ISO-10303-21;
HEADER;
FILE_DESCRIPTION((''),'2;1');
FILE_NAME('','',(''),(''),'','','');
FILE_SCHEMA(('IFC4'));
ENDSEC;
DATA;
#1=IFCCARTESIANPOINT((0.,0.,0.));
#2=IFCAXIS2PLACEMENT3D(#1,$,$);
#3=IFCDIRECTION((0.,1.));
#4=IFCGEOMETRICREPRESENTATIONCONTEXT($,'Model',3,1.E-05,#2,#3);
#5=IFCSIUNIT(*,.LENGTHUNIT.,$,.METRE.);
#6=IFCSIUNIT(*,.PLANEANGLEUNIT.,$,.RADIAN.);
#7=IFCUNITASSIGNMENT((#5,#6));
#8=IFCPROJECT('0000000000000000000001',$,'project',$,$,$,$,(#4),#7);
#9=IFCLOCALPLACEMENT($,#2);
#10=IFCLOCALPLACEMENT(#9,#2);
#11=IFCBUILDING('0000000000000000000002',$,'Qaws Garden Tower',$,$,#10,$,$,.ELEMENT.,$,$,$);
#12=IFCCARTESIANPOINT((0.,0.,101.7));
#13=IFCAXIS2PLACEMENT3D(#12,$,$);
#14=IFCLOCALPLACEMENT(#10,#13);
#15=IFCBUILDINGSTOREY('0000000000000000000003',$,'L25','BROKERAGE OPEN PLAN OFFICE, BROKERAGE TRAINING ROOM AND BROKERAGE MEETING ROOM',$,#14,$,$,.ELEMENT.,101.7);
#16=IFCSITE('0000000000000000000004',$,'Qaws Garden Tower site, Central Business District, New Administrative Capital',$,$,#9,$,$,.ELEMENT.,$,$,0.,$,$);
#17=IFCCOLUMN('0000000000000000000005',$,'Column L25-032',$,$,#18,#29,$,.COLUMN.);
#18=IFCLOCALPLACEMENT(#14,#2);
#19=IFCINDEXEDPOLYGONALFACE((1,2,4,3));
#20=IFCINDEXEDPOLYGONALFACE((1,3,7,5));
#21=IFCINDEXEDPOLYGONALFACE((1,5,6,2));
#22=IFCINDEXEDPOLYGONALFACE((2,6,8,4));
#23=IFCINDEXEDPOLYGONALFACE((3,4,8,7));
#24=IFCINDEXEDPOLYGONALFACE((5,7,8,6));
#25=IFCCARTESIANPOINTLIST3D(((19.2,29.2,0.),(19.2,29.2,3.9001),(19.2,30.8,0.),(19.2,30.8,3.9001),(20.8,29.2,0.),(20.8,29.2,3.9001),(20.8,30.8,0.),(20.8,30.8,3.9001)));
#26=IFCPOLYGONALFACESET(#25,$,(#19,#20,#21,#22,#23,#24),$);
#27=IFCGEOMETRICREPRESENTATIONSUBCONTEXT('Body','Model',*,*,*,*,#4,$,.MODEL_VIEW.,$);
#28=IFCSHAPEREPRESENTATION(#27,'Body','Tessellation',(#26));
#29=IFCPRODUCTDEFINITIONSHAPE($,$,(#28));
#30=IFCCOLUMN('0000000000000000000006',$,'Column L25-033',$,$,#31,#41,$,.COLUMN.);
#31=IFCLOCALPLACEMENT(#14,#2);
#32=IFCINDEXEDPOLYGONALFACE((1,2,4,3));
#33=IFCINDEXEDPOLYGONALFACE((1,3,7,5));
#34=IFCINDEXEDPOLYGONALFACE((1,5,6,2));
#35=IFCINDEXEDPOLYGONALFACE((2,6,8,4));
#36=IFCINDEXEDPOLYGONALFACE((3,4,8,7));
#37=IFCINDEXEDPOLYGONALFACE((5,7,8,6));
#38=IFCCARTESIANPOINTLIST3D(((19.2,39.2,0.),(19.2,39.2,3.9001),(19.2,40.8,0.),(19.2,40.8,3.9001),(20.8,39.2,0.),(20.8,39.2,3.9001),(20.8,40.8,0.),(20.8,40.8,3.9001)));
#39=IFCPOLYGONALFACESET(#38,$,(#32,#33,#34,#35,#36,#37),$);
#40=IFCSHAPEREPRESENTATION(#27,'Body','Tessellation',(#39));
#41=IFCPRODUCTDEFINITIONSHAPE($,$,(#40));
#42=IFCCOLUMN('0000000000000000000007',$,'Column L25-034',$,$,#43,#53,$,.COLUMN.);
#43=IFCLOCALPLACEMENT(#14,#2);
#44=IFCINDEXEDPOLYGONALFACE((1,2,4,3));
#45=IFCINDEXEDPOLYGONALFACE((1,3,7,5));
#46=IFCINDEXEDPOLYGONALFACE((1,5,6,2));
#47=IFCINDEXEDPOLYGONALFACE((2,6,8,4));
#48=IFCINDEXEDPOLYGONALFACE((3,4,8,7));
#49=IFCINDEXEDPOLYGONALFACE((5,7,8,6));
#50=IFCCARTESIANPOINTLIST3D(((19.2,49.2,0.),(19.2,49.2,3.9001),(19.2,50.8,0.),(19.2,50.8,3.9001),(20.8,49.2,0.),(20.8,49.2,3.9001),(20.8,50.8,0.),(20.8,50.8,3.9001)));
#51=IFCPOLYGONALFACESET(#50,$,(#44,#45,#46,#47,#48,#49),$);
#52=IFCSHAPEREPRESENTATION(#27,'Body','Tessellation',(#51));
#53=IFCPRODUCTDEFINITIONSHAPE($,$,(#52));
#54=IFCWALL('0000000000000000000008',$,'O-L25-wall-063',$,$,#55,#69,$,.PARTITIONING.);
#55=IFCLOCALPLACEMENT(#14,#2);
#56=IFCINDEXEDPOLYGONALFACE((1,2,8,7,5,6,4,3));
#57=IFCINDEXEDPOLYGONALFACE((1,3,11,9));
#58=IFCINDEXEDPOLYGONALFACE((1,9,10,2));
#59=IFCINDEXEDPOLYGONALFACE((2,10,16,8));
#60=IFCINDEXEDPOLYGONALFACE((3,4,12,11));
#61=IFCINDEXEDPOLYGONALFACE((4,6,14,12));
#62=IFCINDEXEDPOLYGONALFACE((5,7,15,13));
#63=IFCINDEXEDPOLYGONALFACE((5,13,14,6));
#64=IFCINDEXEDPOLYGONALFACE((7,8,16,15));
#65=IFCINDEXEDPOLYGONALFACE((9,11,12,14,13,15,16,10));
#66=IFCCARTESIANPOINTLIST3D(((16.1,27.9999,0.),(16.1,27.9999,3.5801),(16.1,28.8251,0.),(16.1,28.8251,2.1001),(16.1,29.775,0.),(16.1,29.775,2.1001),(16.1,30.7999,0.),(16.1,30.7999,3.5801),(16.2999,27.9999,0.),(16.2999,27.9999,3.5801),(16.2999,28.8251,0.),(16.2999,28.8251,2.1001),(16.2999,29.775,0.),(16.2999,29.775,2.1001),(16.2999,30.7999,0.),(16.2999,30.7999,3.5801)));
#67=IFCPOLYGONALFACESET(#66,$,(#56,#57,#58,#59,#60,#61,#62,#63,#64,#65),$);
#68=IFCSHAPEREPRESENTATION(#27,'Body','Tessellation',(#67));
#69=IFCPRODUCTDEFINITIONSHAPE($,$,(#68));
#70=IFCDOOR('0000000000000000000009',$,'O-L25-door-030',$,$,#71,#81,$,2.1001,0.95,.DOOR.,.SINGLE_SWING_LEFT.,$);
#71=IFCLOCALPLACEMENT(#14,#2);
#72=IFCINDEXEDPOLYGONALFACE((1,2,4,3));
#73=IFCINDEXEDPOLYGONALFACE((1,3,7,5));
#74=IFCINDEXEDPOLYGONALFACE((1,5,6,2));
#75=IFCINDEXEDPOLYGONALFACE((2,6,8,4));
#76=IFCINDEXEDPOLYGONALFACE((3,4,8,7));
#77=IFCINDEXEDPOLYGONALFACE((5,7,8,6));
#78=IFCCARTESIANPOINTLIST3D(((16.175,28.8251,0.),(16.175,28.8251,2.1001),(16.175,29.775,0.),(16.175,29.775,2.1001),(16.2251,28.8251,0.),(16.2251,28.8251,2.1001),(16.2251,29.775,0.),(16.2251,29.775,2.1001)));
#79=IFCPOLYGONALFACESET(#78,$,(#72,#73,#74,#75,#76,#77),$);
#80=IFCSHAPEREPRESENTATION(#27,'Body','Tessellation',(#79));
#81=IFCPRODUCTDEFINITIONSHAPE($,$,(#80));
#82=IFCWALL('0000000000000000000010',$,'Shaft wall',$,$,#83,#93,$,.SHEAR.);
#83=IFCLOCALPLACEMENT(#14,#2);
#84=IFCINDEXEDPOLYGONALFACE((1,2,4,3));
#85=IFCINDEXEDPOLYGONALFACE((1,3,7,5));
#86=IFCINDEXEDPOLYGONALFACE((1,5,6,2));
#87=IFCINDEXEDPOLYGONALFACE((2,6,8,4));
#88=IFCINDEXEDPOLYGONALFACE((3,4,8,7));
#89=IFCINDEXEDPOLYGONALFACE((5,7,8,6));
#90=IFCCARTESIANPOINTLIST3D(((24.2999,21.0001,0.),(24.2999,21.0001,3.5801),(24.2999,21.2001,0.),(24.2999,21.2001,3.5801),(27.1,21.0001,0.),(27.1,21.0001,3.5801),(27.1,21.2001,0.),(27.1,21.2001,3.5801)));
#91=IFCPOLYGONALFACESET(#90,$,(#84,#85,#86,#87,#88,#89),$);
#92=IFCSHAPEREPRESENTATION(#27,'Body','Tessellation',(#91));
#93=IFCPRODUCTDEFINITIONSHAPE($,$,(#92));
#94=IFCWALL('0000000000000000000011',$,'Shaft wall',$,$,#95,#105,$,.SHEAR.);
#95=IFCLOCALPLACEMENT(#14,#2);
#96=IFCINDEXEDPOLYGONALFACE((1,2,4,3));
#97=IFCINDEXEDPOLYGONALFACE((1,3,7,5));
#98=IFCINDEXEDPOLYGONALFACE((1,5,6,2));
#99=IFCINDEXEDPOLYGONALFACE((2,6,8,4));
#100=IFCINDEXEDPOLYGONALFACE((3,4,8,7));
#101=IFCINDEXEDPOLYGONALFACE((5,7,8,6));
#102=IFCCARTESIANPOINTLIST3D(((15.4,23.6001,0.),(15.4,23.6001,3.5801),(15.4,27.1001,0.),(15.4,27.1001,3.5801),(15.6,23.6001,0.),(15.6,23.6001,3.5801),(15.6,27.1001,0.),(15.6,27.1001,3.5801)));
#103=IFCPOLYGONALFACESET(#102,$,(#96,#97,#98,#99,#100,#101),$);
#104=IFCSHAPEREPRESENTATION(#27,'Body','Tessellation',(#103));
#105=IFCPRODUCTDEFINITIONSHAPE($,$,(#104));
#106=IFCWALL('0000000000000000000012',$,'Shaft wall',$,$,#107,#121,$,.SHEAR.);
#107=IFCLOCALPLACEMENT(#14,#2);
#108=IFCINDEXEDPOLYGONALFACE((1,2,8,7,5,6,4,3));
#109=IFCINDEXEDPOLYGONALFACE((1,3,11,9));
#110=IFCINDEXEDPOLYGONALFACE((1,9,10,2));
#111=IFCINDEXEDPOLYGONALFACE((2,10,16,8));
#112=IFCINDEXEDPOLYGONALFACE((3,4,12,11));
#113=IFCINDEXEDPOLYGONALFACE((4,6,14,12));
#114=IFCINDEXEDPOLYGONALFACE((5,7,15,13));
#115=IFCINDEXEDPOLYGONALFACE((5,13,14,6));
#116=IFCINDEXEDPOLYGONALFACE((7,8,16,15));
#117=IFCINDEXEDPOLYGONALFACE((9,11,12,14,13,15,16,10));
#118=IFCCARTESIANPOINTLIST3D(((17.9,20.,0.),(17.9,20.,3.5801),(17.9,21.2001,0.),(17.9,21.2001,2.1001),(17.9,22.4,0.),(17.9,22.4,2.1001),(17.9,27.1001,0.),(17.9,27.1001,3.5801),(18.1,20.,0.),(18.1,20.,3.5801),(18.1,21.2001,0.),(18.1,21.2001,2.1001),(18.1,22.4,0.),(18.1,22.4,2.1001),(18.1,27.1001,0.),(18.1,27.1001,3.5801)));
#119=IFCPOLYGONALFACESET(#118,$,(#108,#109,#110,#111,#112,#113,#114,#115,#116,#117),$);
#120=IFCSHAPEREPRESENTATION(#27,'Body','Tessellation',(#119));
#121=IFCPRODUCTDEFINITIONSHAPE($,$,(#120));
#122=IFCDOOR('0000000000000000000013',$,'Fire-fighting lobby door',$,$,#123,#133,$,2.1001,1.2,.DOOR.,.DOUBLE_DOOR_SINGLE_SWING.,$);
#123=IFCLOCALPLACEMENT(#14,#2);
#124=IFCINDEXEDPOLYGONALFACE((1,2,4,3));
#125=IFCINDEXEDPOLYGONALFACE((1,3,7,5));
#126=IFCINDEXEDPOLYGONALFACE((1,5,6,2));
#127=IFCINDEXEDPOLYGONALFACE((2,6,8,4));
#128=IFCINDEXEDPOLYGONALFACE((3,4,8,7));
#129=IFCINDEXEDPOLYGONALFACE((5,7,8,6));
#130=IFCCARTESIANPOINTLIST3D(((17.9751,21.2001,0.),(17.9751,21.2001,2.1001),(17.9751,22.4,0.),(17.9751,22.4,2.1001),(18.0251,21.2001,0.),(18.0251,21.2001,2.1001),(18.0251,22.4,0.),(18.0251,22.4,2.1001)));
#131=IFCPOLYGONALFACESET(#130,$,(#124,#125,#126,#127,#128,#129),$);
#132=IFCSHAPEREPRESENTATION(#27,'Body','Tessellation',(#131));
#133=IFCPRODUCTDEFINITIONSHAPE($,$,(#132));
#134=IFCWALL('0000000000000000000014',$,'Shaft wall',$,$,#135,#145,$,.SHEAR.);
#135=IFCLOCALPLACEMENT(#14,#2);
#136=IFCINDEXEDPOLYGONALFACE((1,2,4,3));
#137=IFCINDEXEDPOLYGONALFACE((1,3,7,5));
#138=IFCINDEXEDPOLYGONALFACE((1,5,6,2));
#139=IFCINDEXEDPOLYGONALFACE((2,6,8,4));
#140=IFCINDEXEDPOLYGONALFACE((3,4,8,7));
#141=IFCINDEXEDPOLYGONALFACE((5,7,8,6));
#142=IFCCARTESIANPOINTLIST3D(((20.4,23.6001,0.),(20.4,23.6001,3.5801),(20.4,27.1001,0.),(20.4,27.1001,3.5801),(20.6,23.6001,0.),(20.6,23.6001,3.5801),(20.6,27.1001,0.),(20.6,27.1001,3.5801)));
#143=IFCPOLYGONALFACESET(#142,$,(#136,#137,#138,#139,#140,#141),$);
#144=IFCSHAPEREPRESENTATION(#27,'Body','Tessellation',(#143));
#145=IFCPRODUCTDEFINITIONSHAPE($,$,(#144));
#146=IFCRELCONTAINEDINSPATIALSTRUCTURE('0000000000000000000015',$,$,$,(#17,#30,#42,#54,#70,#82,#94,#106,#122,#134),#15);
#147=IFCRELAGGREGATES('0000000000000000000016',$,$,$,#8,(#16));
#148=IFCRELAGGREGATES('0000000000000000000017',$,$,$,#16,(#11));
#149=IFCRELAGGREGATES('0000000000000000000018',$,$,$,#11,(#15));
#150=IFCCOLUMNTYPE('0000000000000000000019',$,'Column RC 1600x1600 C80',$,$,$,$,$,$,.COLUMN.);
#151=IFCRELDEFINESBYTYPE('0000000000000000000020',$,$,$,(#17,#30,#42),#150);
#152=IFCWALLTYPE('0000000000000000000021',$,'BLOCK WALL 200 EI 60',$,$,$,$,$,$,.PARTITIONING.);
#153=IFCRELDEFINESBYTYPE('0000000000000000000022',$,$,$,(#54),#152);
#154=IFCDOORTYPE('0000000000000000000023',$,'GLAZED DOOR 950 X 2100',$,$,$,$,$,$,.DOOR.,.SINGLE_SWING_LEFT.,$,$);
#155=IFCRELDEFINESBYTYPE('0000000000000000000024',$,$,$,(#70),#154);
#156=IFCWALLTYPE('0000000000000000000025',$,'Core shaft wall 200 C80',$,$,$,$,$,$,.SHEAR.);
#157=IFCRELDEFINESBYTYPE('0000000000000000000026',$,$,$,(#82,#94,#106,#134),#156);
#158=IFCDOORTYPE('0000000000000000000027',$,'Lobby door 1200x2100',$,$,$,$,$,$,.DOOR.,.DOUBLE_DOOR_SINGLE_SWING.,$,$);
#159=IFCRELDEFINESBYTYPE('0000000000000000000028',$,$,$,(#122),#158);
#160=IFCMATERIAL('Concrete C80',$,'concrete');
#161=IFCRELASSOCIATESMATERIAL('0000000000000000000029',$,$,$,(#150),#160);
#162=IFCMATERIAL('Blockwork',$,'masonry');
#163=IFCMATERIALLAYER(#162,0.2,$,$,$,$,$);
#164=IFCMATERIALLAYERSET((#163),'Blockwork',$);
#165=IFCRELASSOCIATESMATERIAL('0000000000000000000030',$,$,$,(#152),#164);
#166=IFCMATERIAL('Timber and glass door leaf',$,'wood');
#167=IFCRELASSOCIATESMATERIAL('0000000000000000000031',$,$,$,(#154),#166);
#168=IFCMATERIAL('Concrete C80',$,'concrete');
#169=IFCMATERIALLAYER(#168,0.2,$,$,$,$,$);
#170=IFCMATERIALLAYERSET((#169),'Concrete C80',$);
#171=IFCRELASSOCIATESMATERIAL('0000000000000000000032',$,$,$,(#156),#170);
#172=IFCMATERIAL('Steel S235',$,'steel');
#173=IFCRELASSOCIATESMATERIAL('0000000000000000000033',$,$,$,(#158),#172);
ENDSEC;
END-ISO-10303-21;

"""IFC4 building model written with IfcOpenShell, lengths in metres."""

from ifc_helpers import new_model, si_unit, direction, frame, frame_2d, origin, origin_2d, place, context, subcontext, project, spatial, rectangle, extrude, material, layer, layer_set, material_profile, profile_set, type_object, element, fill, save


model = new_model("IFC4")

# Units and contexts
model_context = context("Model", 3, precision=1e-05, world=origin(), true_north=direction((0.0, 1.0)))
body_context = subcontext(model_context, "Body", "Model", "MODEL_VIEW")
ifc_project = project(units=[si_unit("LENGTHUNIT", "METRE"), si_unit("PLANEANGLEUNIT", "RADIAN")], contexts=[model_context])

# Site, building, storey
site_placement = place(None, origin())
site = spatial("IfcSite", under=ifc_project, at=site_placement, Name="Qaws Garden Tower site, Central Business District, New Administrative Capital", CompositionType="ELEMENT", RefElevation=0.0)
building_placement = place(site_placement, origin())
building = spatial("IfcBuilding", under=site, at=building_placement, Name="Qaws Garden Tower", CompositionType="ELEMENT")
storey_placement = place(building_placement, frame((0.0, 0.0, 101.7)))
storey = spatial("IfcBuildingStorey", under=building, at=storey_placement, Name="L25", Description="BROKERAGE OPEN PLAN OFFICE, BROKERAGE TRAINING ROOM AND BROKERAGE MEETING ROOM", CompositionType="ELEMENT", Elevation=101.7)

# Columns
ifc_material_1 = material(Name="Concrete C80", Category="concrete")
ifc_material_profile = material_profile(ifc_material_1, rectangle(XDim=1.6001, YDim=1.6001, at=origin_2d()), Name="RC 1600x1600")
ifc_profile_set = profile_set([ifc_material_profile], Name="Concrete C80")
column_type = type_object("IfcColumnType", Name="Column RC 1600x1600 C80", PredefinedType="COLUMN", material=ifc_profile_set)
for number, where, z_axis, x_axis, name in (
    (1, (20.0, 30.0, 0.0), (0.0, 0.0, 1.0), (1.0, 0.0, 0.0), "Column L25-032"),
    (2, (20.0, 40.0, 0.0), (0.0, 0.0, 1.0), (1.0, 0.0, 0.0), "Column L25-033"),
    (3, (20.0, 50.0, 0.0), (0.0, 0.0, 1.0), (1.0, 0.0, 0.0), "Column L25-034"),
):
    element("IfcColumn", number, at=place(storey_placement, frame(where, z_axis=z_axis, x_axis=x_axis)), inside=storey, type_object=column_type, Name=name, PredefinedType="COLUMN", context=body_context, shape_type="SweptSolid", body=[
        extrude(rectangle(XDim=1.6001, YDim=1.6001, at=origin_2d()), origin(), (0.0, 0.0, 1.0), 3.9001),
    ])

# Wall, opening, door
ifc_material_2 = material(Name="Blockwork", Category="masonry")
ifc_layer_1 = layer(ifc_material_2, 0.2)
ifc_layer_set_1 = layer_set([ifc_layer_1], Name="Blockwork")
wall_type_1 = type_object("IfcWallType", Name="BLOCK WALL 200 EI 60", PredefinedType="PARTITIONING", material=ifc_layer_set_1)
wall_1_placement = place(storey_placement, frame((16.2, 28.0, 0.0), z_axis=(0.0, 0.0, 1.0), x_axis=(0.0, 1.0, 0.0)))
wall_1 = element("IfcWall", 4, at=wall_1_placement, inside=storey, type_object=wall_type_1, Name="O-L25-wall-063", PredefinedType="PARTITIONING", context=body_context, shape_type="SweptSolid", body=[
    extrude(rectangle(XDim=2.8, YDim=0.2, at=frame_2d((1.3999, 0.0))), origin(), (0.0, 0.0, 1.0), 3.5801),
])
opening_1_placement = place(wall_1_placement, frame((0.825, 0.0, 0.0)))
opening_1 = element("IfcOpeningElement", 5, at=opening_1_placement, cuts=wall_1, PredefinedType="OPENING", context=body_context, shape_type="SweptSolid", body=[
    extrude(rectangle(XDim=0.95, YDim=2.1001, at=frame_2d((0.4751, 1.05))), frame((0.0, 0.1099, 0.0), z_axis=(0.0, -1.0, 0.0), x_axis=(1.0, 0.0, 0.0)), (0.0, 0.0, 1.0), 0.22),
])
ifc_material_3 = material(Name="Timber and glass door leaf", Category="wood")
door_type_1 = type_object("IfcDoorType", Name="GLAZED DOOR 950 X 2100", OperationType="SINGLE_SWING_LEFT", PredefinedType="DOOR", material=ifc_material_3)
door_1_placement = place(opening_1_placement, origin())
door_1 = element("IfcDoor", 6, at=door_1_placement, inside=storey, type_object=door_type_1, Name="O-L25-door-030", OperationType="SINGLE_SWING_LEFT", OverallHeight=2.1001, OverallWidth=0.95, PredefinedType="DOOR", context=body_context, shape_type="SweptSolid", body=[
    extrude(rectangle(XDim=0.95, YDim=2.1001, at=frame_2d((0.4751, 1.05))), frame((0.0, 0.0249, 0.0), z_axis=(0.0, -1.0, 0.0), x_axis=(1.0, 0.0, 0.0)), (0.0, 0.0, 1.0), 0.05),
])
fill(opening_1, door_1)

# Walls
ifc_material_4 = material(Name="Concrete C80", Category="concrete")
ifc_layer_2 = layer(ifc_material_4, 0.2)
ifc_layer_set_2 = layer_set([ifc_layer_2], Name="Concrete C80")
wall_type_2 = type_object("IfcWallType", Name="Core shaft wall 200 C80", PredefinedType="SHEAR", material=ifc_layer_set_2)
wall_2_placement = place(storey_placement, frame((24.3, 21.1001, 0.0), z_axis=(0.0, 0.0, 1.0), x_axis=(1.0, 0.0, 0.0)))
element("IfcWall", 7, at=wall_2_placement, inside=storey, type_object=wall_type_2, Name="Shaft wall", PredefinedType="SHEAR", context=body_context, shape_type="SweptSolid", body=[
    extrude(rectangle(XDim=2.8, YDim=0.2, at=frame_2d((1.3999, 0.0))), origin(), (0.0, 0.0, 1.0), 3.5801),
])
wall_3_placement = place(storey_placement, frame((15.5, 23.6001, 0.0), z_axis=(0.0, 0.0, 1.0), x_axis=(0.0, 1.0, 0.0)))
element("IfcWall", 8, at=wall_3_placement, inside=storey, type_object=wall_type_2, Name="Shaft wall", PredefinedType="SHEAR", context=body_context, shape_type="SweptSolid", body=[
    extrude(rectangle(XDim=3.5, YDim=0.2, at=frame_2d((1.75, 0.0))), origin(), (0.0, 0.0, 1.0), 3.5801),
])

# Wall, opening, door
wall_4_placement = place(storey_placement, frame((18.0, 20.0, 0.0), z_axis=(0.0, 0.0, 1.0), x_axis=(0.0, 1.0, 0.0)))
wall_4 = element("IfcWall", 9, at=wall_4_placement, inside=storey, type_object=wall_type_2, Name="Shaft wall", PredefinedType="SHEAR", context=body_context, shape_type="SweptSolid", body=[
    extrude(rectangle(XDim=7.1001, YDim=0.2, at=frame_2d((3.55, 0.0))), origin(), (0.0, 0.0, 1.0), 3.5801),
])
opening_2_placement = place(wall_4_placement, frame((1.2, 0.0, 0.0)))
opening_2 = element("IfcOpeningElement", 10, at=opening_2_placement, cuts=wall_4, PredefinedType="OPENING", context=body_context, shape_type="SweptSolid", body=[
    extrude(rectangle(XDim=1.2, YDim=2.1001, at=frame_2d((0.6001, 1.05))), frame((0.0, 0.1099, 0.0), z_axis=(0.0, -1.0, 0.0), x_axis=(1.0, 0.0, 0.0)), (0.0, 0.0, 1.0), 0.22),
])
ifc_material_5 = material(Name="Steel S235", Category="steel")
door_type_2 = type_object("IfcDoorType", Name="Lobby door 1200x2100", OperationType="DOUBLE_DOOR_SINGLE_SWING", PredefinedType="DOOR", material=ifc_material_5)
door_2_placement = place(opening_2_placement, origin())
door_2 = element("IfcDoor", 11, at=door_2_placement, inside=storey, type_object=door_type_2, Name="Fire-fighting lobby door", OperationType="DOUBLE_DOOR_SINGLE_SWING", OverallHeight=2.1001, OverallWidth=1.2, PredefinedType="DOOR", context=body_context, shape_type="SweptSolid", body=[
    extrude(rectangle(XDim=1.2, YDim=2.1001, at=frame_2d((0.6001, 1.05))), frame((0.0, 0.0249, 0.0), z_axis=(0.0, -1.0, 0.0), x_axis=(1.0, 0.0, 0.0)), (0.0, 0.0, 1.0), 0.05),
])
fill(opening_2, door_2)

# Wall
wall_5_placement = place(storey_placement, frame((20.5, 23.6001, 0.0), z_axis=(0.0, 0.0, 1.0), x_axis=(0.0, 1.0, 0.0)))
element("IfcWall", 12, at=wall_5_placement, inside=storey, type_object=wall_type_2, Name="Shaft wall", PredefinedType="SHEAR", context=body_context, shape_type="SweptSolid", body=[
    extrude(rectangle(XDim=3.5, YDim=0.2, at=frame_2d((1.75, 0.0))), origin(), (0.0, 0.0, 1.0), 3.5801),
])

save(model, "model.ifc")
